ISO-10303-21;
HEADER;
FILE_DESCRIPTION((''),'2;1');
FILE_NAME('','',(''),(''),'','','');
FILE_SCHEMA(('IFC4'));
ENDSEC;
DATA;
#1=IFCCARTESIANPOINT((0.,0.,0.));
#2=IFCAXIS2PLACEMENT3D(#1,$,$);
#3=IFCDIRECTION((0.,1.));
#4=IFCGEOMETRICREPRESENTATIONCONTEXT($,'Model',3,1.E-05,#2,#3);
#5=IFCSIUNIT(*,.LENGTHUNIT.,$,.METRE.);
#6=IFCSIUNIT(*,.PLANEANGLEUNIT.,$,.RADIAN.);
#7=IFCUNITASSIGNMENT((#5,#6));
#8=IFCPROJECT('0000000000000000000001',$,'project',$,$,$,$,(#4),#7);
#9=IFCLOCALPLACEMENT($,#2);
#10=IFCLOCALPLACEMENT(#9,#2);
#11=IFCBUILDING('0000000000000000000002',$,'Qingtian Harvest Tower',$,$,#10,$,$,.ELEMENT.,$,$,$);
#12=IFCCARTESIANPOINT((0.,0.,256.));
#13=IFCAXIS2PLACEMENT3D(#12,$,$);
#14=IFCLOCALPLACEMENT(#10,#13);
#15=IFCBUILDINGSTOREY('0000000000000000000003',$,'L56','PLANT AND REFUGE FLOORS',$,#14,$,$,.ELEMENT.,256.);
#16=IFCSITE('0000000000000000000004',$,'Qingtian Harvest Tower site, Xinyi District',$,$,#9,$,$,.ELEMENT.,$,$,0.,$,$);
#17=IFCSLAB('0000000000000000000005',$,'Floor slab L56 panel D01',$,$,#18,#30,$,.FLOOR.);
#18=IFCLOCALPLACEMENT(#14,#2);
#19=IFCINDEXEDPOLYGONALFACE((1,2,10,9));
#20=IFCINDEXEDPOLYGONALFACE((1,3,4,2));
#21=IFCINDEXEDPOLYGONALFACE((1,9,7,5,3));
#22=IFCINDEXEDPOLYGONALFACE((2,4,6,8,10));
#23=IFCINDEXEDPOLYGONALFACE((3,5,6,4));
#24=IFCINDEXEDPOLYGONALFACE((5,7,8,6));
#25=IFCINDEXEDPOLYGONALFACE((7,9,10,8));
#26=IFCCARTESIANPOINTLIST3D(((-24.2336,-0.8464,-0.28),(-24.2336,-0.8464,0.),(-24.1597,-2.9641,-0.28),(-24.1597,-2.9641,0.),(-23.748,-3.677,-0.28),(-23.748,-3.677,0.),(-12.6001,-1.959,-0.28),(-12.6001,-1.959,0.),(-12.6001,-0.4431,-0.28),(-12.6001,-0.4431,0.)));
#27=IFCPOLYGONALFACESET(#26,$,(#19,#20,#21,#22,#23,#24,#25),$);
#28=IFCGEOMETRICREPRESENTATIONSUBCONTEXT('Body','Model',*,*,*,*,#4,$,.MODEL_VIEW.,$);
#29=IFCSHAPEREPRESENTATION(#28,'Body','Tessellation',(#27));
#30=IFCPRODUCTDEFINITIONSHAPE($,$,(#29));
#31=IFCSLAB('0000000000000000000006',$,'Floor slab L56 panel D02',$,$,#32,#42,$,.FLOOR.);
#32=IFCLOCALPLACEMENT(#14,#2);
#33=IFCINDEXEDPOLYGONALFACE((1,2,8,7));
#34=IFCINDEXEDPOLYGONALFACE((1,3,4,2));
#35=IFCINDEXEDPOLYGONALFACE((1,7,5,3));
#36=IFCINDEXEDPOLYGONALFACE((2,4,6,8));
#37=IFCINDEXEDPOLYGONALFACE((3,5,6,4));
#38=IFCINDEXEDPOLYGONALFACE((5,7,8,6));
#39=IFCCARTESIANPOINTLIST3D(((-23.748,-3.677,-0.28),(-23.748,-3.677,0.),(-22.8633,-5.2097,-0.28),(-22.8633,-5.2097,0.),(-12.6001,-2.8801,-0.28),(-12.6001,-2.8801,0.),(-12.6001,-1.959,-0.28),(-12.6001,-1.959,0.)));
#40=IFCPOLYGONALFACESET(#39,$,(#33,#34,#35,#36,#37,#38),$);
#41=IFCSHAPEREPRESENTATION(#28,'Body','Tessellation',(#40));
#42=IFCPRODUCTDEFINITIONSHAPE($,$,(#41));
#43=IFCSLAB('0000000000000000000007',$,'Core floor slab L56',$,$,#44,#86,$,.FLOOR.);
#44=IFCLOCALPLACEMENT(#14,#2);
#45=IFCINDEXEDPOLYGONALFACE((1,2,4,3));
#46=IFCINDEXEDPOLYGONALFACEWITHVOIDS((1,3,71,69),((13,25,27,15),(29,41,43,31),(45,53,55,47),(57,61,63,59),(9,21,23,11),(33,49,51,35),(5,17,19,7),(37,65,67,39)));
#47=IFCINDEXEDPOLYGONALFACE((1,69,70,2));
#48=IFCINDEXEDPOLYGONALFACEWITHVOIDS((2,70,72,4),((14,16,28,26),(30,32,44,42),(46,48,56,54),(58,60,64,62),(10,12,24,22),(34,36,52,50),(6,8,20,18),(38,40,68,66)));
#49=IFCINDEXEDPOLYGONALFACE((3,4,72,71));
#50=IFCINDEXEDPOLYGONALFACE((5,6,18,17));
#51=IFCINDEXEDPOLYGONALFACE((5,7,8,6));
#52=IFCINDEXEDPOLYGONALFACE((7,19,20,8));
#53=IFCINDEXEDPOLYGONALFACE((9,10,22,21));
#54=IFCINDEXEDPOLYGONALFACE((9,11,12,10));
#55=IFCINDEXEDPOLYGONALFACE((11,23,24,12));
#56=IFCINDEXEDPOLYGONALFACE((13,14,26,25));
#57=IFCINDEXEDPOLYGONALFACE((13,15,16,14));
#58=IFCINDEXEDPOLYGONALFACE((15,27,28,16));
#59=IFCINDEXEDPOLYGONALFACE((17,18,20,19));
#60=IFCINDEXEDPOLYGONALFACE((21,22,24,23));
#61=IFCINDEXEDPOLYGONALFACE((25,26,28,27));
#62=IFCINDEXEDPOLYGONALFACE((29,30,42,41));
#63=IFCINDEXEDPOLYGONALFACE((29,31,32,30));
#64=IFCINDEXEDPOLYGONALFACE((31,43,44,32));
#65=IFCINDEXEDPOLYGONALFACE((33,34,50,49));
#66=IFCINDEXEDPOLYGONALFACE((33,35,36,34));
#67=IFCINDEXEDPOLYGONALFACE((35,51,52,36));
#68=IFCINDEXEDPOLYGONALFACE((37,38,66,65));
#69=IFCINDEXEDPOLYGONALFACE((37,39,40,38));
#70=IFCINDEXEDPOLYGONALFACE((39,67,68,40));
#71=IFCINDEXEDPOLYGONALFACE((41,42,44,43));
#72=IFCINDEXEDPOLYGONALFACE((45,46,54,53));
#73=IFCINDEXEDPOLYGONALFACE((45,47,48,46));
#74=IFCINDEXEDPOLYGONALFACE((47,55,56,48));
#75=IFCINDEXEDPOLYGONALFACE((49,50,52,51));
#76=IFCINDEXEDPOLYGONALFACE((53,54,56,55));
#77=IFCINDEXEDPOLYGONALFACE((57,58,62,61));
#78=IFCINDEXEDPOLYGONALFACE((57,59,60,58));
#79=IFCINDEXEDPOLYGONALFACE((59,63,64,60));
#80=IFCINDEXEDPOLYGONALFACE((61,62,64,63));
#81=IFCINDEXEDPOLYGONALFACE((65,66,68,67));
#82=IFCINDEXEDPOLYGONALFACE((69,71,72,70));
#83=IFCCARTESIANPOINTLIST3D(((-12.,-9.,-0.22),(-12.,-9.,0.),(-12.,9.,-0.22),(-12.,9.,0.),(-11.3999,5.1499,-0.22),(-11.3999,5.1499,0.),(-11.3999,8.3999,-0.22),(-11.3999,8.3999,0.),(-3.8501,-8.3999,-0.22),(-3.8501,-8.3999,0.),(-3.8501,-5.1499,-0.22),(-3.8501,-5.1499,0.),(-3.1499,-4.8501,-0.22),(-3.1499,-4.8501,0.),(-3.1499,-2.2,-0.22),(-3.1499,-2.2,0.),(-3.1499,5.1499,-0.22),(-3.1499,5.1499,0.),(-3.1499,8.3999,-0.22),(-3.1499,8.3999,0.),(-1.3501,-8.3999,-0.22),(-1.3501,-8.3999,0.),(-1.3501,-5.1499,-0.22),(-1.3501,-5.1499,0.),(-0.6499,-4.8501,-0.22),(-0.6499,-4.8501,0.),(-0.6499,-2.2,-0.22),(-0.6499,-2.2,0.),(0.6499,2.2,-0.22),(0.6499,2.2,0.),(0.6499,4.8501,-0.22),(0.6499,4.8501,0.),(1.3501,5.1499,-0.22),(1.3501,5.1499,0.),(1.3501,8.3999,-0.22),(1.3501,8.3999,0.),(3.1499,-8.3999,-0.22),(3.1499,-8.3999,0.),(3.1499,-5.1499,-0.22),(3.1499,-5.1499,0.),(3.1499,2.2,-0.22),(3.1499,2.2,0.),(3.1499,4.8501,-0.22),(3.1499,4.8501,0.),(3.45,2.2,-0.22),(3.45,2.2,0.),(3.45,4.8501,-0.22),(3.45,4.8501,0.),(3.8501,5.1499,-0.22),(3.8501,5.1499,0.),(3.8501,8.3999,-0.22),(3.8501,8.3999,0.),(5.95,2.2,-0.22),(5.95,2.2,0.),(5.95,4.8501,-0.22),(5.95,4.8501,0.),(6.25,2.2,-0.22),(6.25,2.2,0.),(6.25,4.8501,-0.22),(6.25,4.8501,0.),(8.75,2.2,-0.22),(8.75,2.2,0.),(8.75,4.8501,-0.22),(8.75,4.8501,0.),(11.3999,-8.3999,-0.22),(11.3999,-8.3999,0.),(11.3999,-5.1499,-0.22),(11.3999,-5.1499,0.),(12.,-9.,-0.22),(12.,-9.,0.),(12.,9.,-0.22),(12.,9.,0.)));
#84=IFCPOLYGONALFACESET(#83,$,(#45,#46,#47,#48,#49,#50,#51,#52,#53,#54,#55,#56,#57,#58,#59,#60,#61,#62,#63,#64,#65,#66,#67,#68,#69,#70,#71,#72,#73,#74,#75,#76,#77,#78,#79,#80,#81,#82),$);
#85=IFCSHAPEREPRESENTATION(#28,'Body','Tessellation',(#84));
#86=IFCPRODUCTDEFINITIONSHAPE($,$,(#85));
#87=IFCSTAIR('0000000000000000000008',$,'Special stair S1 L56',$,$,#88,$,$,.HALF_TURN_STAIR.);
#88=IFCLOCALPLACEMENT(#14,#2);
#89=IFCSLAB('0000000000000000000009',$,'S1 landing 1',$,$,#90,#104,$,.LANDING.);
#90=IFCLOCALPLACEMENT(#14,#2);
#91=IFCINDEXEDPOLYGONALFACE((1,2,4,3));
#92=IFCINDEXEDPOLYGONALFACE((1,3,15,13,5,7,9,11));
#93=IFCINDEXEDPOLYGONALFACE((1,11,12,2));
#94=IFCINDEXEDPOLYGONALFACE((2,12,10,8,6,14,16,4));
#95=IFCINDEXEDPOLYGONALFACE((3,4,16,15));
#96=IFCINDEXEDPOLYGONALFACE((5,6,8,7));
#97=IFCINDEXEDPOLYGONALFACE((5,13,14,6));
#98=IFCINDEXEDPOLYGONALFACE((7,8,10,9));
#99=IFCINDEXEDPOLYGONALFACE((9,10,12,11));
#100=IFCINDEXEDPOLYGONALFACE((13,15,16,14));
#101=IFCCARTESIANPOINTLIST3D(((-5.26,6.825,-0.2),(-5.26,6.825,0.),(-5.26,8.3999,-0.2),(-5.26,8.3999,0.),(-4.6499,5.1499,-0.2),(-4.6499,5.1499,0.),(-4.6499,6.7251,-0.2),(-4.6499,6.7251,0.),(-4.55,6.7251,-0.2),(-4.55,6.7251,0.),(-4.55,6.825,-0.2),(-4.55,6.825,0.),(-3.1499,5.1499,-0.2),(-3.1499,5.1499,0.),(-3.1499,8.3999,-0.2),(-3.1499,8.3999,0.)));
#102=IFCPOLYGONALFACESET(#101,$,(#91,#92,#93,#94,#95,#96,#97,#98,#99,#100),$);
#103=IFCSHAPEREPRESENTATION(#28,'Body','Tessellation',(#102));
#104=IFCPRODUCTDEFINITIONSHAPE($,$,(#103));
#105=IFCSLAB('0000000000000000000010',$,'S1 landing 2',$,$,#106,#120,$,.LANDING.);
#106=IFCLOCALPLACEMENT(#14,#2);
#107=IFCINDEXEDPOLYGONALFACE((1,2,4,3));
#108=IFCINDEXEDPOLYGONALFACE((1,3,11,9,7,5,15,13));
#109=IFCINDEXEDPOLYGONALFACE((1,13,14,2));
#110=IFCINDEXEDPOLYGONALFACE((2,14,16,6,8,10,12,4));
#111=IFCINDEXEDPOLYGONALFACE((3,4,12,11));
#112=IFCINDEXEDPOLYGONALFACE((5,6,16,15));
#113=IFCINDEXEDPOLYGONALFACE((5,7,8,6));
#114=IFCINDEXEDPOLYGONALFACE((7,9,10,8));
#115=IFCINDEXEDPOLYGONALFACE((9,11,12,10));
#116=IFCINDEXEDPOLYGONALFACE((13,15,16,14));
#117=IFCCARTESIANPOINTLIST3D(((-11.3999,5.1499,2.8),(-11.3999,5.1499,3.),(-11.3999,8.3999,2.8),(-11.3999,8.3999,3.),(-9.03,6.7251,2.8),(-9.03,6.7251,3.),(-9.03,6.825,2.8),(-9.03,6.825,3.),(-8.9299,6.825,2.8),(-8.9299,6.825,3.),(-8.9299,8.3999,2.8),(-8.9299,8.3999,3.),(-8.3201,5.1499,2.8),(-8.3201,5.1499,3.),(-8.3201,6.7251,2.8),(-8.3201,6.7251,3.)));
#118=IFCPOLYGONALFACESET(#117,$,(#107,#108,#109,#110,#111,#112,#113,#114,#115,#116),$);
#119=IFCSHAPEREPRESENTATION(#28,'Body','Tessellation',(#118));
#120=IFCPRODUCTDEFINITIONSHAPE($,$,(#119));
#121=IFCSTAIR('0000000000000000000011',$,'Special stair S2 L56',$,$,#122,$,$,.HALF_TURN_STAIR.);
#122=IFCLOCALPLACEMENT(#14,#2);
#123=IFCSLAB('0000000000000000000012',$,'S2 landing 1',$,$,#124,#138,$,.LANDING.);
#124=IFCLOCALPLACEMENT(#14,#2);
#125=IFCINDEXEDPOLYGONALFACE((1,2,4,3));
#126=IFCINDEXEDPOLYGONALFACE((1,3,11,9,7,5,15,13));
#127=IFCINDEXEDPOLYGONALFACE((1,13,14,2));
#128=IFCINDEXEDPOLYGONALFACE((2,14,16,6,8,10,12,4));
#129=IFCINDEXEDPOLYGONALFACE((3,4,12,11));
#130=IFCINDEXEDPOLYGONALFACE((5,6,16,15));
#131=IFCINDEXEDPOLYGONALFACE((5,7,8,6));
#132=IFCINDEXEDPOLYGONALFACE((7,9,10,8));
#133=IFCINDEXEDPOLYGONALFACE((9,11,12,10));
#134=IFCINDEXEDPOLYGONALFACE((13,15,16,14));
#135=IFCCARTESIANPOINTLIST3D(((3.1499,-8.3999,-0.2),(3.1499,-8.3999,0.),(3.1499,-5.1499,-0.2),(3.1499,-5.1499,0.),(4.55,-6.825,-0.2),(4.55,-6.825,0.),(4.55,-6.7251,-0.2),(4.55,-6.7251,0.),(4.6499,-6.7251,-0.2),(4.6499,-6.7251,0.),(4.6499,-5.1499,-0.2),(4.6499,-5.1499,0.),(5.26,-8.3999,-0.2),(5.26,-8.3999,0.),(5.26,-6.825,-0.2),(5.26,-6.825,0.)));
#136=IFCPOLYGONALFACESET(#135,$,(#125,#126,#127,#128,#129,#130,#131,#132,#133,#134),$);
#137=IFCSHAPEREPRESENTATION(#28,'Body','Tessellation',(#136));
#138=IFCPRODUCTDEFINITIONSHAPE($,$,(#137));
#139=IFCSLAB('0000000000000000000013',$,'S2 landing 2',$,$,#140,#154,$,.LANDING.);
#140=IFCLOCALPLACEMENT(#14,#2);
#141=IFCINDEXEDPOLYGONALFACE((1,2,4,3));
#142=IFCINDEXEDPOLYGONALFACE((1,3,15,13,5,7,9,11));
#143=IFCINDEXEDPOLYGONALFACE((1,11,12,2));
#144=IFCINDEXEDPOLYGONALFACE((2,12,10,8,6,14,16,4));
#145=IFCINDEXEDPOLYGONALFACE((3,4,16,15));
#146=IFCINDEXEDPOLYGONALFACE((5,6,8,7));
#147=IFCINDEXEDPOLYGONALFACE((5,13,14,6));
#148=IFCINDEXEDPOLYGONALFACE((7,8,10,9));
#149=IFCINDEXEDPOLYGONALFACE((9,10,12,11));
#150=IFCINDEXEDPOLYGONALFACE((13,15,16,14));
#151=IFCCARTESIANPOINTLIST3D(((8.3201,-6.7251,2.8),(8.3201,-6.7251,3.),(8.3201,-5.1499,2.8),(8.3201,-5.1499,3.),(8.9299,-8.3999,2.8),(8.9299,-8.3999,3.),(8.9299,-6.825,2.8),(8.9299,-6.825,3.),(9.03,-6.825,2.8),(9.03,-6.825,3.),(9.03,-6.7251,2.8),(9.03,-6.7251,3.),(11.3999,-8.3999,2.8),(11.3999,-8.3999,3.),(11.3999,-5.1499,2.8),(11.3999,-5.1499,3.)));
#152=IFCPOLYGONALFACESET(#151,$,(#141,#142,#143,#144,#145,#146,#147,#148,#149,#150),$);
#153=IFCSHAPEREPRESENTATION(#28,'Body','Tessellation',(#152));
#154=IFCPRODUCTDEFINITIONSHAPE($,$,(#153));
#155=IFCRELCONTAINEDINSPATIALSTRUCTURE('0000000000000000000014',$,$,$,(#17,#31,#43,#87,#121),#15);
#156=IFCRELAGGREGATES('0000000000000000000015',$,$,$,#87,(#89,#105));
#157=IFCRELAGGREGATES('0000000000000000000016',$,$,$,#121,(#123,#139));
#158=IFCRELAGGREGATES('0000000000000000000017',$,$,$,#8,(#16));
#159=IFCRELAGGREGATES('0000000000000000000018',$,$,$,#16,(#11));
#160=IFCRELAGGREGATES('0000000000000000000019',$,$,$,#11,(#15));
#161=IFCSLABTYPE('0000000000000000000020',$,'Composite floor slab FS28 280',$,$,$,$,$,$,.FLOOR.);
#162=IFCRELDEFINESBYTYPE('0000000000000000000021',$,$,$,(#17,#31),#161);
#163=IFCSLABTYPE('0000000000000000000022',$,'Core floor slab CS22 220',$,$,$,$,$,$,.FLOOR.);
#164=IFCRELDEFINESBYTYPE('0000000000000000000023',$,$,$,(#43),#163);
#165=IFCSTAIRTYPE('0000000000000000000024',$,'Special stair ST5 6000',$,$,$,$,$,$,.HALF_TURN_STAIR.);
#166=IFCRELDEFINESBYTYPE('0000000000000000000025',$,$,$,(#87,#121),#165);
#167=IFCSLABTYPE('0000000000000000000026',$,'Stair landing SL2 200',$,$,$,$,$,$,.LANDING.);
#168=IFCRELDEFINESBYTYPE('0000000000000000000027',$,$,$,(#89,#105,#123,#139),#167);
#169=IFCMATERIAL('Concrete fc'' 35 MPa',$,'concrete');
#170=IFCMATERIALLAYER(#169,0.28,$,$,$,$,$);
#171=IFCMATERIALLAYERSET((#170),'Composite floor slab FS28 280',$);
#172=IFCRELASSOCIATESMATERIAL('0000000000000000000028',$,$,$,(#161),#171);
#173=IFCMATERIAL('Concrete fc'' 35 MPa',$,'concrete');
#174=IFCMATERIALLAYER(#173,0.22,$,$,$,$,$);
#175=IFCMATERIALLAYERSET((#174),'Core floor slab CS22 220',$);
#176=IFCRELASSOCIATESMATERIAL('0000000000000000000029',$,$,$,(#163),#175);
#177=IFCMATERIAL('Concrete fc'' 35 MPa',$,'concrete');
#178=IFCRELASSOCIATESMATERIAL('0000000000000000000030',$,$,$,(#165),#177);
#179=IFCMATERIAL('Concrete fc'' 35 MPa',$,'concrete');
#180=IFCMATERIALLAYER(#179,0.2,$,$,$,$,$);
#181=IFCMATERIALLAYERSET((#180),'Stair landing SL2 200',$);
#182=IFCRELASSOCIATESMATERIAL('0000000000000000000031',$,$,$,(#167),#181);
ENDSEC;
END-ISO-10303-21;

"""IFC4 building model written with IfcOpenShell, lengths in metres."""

from ifc_helpers import new_model, si_unit, direction, frame, origin, place, context, subcontext, project, spatial, polyline, outline, extrude, material, layer, layer_set, type_object, element, aggregate, save


model = new_model("IFC4")

# Units and contexts
model_context = context("Model", 3, precision=1e-05, world=origin(), true_north=direction((0.0, 1.0)))
body_context = subcontext(model_context, "Body", "Model", "MODEL_VIEW")
ifc_project = project(units=[si_unit("LENGTHUNIT", "METRE"), si_unit("PLANEANGLEUNIT", "RADIAN")], contexts=[model_context])

# Site, building, storey
site_placement = place(None, origin())
site = spatial("IfcSite", under=ifc_project, at=site_placement, Name="Qingtian Harvest Tower site, Xinyi District", CompositionType="ELEMENT", RefElevation=0.0)
building_placement = place(site_placement, origin())
building = spatial("IfcBuilding", under=site, at=building_placement, Name="Qingtian Harvest Tower", CompositionType="ELEMENT")
storey_placement = place(building_placement, frame((0.0, 0.0, 256.0)))
storey = spatial("IfcBuildingStorey", under=building, at=storey_placement, Name="L56", Description="PLANT AND REFUGE FLOORS", CompositionType="ELEMENT", Elevation=256.0)

# Slabs
ifc_material_1 = material(Name="Concrete fc' 35 MPa", Category="concrete")
ifc_layer_1 = layer(ifc_material_1, 0.28)
ifc_layer_set_1 = layer_set([ifc_layer_1], Name="Composite floor slab FS28 280")
slab_type_1 = type_object("IfcSlabType", Name="Composite floor slab FS28 280", PredefinedType="FLOOR", material=ifc_layer_set_1)
slab_1_placement = place(storey_placement, frame((0.0, 0.0, -0.28)))
element("IfcSlab", 1, at=slab_1_placement, inside=storey, type_object=slab_type_1, Name="Floor slab L56 panel D01", PredefinedType="FLOOR", context=body_context, shape_type="SweptSolid", body=[
    extrude(outline(polyline([(-24.2336, -0.8464), (-12.6001, -0.4431), (-12.6001, -1.959), (-23.748, -3.677), (-24.1597, -2.9641), (-24.2336, -0.8464)])), origin(), (0.0, 0.0, 1.0), 0.28),
])
slab_2_placement = place(storey_placement, frame((0.0, 0.0, -0.28)))
element("IfcSlab", 2, at=slab_2_placement, inside=storey, type_object=slab_type_1, Name="Floor slab L56 panel D02", PredefinedType="FLOOR", context=body_context, shape_type="SweptSolid", body=[
    extrude(outline(polyline([(-12.6001, -2.8801), (-22.8633, -5.2097), (-23.748, -3.677), (-12.6001, -1.959), (-12.6001, -2.8801)])), origin(), (0.0, 0.0, 1.0), 0.28),
])
ifc_material_2 = material(Name="Concrete fc' 35 MPa", Category="concrete")
ifc_layer_2 = layer(ifc_material_2, 0.22)
ifc_layer_set_2 = layer_set([ifc_layer_2], Name="Core floor slab CS22 220")
slab_type_2 = type_object("IfcSlabType", Name="Core floor slab CS22 220", PredefinedType="FLOOR", material=ifc_layer_set_2)
slab_3_placement = place(storey_placement, frame((0.0, 0.0, -0.22)))
element("IfcSlab", 3, at=slab_3_placement, inside=storey, type_object=slab_type_2, Name="Core floor slab L56", PredefinedType="FLOOR", context=body_context, shape_type="SweptSolid", body=[
    extrude(outline(polyline([(-12.0, -9.0), (12.0, -9.0), (12.0, 9.0), (-12.0, 9.0), (-12.0, -9.0)]), holes=[polyline([(-11.3999, 5.1499), (-3.1499, 5.1499), (-3.1499, 8.3999), (-11.3999, 8.3999), (-11.3999, 5.1499)]), polyline([(3.1499, -8.3999), (11.3999, -8.3999), (11.3999, -5.1499), (3.1499, -5.1499), (3.1499, -8.3999)]), polyline([(1.3501, 5.1499), (3.8501, 5.1499), (3.8501, 8.3999), (1.3501, 8.3999), (1.3501, 5.1499)]), polyline([(-3.8501, -8.3999), (-1.3501, -8.3999), (-1.3501, -5.1499), (-3.8501, -5.1499), (-3.8501, -8.3999)]), polyline([(0.6499, 2.2), (3.1499, 2.2), (3.1499, 4.8501), (0.6499, 4.8501), (0.6499, 2.2)]), polyline([(3.45, 2.2), (5.95, 2.2), (5.95, 4.8501), (3.45, 4.8501), (3.45, 2.2)]), polyline([(6.25, 2.2), (8.75, 2.2), (8.75, 4.8501), (6.25, 4.8501), (6.25, 2.2)]), polyline([(-3.1499, -4.8501), (-0.6499, -4.8501), (-0.6499, -2.2), (-3.1499, -2.2), (-3.1499, -4.8501)])]), origin(), (0.0, 0.0, 1.0), 0.22),
])

# Stairs, slabs
ifc_material_3 = material(Name="Concrete fc' 35 MPa", Category="concrete")
stair_type = type_object("IfcStairType", Name="Special stair ST5 6000", PredefinedType="HALF_TURN_STAIR", material=ifc_material_3)
stair_1_placement = place(storey_placement, origin())
stair_1 = element("IfcStair", 4, at=stair_1_placement, inside=storey, type_object=stair_type, Name="Special stair S1 L56", PredefinedType="HALF_TURN_STAIR")
ifc_material_4 = material(Name="Concrete fc' 35 MPa", Category="concrete")
ifc_layer_3 = layer(ifc_material_4, 0.2)
ifc_layer_set_3 = layer_set([ifc_layer_3], Name="Stair landing SL2 200")
slab_type_3 = type_object("IfcSlabType", Name="Stair landing SL2 200", PredefinedType="LANDING", material=ifc_layer_set_3)
slab_4_placement = place(storey_placement, frame((0.0, 0.0, -0.2)))
slab_4 = element("IfcSlab", 5, at=slab_4_placement, type_object=slab_type_3, Name="S1 landing 1", PredefinedType="LANDING", context=body_context, shape_type="SweptSolid", body=[
    extrude(outline(polyline([(-4.6499, 5.1499), (-4.6499, 6.7251), (-4.55, 6.7251), (-4.55, 6.825), (-5.26, 6.825), (-5.26, 8.3999), (-3.1499, 8.3999), (-3.1499, 5.1499), (-4.6499, 5.1499)])), origin(), (0.0, 0.0, 1.0), 0.2),
])
slab_5_placement = place(storey_placement, frame((0.0, 0.0, 2.8)))
slab_5 = element("IfcSlab", 6, at=slab_5_placement, type_object=slab_type_3, Name="S1 landing 2", PredefinedType="LANDING", context=body_context, shape_type="SweptSolid", body=[
    extrude(outline(polyline([(-8.3201, 5.1499), (-11.3999, 5.1499), (-11.3999, 8.3999), (-8.9299, 8.3999), (-8.9299, 6.825), (-9.03, 6.825), (-9.03, 6.7251), (-8.3201, 6.7251), (-8.3201, 5.1499)])), origin(), (0.0, 0.0, 1.0), 0.2),
])
aggregate(stair_1, [slab_4, slab_5])
stair_2_placement = place(storey_placement, origin())
stair_2 = element("IfcStair", 7, at=stair_2_placement, inside=storey, type_object=stair_type, Name="Special stair S2 L56", PredefinedType="HALF_TURN_STAIR")
slab_6_placement = place(storey_placement, frame((0.0, 0.0, -0.2)))
slab_6 = element("IfcSlab", 8, at=slab_6_placement, type_object=slab_type_3, Name="S2 landing 1", PredefinedType="LANDING", context=body_context, shape_type="SweptSolid", body=[
    extrude(outline(polyline([(5.26, -8.3999), (3.1499, -8.3999), (3.1499, -5.1499), (4.6499, -5.1499), (4.6499, -6.7251), (4.55, -6.7251), (4.55, -6.825), (5.26, -6.825), (5.26, -8.3999)])), origin(), (0.0, 0.0, 1.0), 0.2),
])
slab_7_placement = place(storey_placement, frame((0.0, 0.0, 2.8)))
slab_7 = element("IfcSlab", 9, at=slab_7_placement, type_object=slab_type_3, Name="S2 landing 2", PredefinedType="LANDING", context=body_context, shape_type="SweptSolid", body=[
    extrude(outline(polyline([(8.9299, -8.3999), (8.9299, -6.825), (9.03, -6.825), (9.03, -6.7251), (8.3201, -6.7251), (8.3201, -5.1499), (11.3999, -5.1499), (11.3999, -8.3999), (8.9299, -8.3999)])), origin(), (0.0, 0.0, 1.0), 0.2),
])
aggregate(stair_2, [slab_6, slab_7])

save(model, "model.ifc")
